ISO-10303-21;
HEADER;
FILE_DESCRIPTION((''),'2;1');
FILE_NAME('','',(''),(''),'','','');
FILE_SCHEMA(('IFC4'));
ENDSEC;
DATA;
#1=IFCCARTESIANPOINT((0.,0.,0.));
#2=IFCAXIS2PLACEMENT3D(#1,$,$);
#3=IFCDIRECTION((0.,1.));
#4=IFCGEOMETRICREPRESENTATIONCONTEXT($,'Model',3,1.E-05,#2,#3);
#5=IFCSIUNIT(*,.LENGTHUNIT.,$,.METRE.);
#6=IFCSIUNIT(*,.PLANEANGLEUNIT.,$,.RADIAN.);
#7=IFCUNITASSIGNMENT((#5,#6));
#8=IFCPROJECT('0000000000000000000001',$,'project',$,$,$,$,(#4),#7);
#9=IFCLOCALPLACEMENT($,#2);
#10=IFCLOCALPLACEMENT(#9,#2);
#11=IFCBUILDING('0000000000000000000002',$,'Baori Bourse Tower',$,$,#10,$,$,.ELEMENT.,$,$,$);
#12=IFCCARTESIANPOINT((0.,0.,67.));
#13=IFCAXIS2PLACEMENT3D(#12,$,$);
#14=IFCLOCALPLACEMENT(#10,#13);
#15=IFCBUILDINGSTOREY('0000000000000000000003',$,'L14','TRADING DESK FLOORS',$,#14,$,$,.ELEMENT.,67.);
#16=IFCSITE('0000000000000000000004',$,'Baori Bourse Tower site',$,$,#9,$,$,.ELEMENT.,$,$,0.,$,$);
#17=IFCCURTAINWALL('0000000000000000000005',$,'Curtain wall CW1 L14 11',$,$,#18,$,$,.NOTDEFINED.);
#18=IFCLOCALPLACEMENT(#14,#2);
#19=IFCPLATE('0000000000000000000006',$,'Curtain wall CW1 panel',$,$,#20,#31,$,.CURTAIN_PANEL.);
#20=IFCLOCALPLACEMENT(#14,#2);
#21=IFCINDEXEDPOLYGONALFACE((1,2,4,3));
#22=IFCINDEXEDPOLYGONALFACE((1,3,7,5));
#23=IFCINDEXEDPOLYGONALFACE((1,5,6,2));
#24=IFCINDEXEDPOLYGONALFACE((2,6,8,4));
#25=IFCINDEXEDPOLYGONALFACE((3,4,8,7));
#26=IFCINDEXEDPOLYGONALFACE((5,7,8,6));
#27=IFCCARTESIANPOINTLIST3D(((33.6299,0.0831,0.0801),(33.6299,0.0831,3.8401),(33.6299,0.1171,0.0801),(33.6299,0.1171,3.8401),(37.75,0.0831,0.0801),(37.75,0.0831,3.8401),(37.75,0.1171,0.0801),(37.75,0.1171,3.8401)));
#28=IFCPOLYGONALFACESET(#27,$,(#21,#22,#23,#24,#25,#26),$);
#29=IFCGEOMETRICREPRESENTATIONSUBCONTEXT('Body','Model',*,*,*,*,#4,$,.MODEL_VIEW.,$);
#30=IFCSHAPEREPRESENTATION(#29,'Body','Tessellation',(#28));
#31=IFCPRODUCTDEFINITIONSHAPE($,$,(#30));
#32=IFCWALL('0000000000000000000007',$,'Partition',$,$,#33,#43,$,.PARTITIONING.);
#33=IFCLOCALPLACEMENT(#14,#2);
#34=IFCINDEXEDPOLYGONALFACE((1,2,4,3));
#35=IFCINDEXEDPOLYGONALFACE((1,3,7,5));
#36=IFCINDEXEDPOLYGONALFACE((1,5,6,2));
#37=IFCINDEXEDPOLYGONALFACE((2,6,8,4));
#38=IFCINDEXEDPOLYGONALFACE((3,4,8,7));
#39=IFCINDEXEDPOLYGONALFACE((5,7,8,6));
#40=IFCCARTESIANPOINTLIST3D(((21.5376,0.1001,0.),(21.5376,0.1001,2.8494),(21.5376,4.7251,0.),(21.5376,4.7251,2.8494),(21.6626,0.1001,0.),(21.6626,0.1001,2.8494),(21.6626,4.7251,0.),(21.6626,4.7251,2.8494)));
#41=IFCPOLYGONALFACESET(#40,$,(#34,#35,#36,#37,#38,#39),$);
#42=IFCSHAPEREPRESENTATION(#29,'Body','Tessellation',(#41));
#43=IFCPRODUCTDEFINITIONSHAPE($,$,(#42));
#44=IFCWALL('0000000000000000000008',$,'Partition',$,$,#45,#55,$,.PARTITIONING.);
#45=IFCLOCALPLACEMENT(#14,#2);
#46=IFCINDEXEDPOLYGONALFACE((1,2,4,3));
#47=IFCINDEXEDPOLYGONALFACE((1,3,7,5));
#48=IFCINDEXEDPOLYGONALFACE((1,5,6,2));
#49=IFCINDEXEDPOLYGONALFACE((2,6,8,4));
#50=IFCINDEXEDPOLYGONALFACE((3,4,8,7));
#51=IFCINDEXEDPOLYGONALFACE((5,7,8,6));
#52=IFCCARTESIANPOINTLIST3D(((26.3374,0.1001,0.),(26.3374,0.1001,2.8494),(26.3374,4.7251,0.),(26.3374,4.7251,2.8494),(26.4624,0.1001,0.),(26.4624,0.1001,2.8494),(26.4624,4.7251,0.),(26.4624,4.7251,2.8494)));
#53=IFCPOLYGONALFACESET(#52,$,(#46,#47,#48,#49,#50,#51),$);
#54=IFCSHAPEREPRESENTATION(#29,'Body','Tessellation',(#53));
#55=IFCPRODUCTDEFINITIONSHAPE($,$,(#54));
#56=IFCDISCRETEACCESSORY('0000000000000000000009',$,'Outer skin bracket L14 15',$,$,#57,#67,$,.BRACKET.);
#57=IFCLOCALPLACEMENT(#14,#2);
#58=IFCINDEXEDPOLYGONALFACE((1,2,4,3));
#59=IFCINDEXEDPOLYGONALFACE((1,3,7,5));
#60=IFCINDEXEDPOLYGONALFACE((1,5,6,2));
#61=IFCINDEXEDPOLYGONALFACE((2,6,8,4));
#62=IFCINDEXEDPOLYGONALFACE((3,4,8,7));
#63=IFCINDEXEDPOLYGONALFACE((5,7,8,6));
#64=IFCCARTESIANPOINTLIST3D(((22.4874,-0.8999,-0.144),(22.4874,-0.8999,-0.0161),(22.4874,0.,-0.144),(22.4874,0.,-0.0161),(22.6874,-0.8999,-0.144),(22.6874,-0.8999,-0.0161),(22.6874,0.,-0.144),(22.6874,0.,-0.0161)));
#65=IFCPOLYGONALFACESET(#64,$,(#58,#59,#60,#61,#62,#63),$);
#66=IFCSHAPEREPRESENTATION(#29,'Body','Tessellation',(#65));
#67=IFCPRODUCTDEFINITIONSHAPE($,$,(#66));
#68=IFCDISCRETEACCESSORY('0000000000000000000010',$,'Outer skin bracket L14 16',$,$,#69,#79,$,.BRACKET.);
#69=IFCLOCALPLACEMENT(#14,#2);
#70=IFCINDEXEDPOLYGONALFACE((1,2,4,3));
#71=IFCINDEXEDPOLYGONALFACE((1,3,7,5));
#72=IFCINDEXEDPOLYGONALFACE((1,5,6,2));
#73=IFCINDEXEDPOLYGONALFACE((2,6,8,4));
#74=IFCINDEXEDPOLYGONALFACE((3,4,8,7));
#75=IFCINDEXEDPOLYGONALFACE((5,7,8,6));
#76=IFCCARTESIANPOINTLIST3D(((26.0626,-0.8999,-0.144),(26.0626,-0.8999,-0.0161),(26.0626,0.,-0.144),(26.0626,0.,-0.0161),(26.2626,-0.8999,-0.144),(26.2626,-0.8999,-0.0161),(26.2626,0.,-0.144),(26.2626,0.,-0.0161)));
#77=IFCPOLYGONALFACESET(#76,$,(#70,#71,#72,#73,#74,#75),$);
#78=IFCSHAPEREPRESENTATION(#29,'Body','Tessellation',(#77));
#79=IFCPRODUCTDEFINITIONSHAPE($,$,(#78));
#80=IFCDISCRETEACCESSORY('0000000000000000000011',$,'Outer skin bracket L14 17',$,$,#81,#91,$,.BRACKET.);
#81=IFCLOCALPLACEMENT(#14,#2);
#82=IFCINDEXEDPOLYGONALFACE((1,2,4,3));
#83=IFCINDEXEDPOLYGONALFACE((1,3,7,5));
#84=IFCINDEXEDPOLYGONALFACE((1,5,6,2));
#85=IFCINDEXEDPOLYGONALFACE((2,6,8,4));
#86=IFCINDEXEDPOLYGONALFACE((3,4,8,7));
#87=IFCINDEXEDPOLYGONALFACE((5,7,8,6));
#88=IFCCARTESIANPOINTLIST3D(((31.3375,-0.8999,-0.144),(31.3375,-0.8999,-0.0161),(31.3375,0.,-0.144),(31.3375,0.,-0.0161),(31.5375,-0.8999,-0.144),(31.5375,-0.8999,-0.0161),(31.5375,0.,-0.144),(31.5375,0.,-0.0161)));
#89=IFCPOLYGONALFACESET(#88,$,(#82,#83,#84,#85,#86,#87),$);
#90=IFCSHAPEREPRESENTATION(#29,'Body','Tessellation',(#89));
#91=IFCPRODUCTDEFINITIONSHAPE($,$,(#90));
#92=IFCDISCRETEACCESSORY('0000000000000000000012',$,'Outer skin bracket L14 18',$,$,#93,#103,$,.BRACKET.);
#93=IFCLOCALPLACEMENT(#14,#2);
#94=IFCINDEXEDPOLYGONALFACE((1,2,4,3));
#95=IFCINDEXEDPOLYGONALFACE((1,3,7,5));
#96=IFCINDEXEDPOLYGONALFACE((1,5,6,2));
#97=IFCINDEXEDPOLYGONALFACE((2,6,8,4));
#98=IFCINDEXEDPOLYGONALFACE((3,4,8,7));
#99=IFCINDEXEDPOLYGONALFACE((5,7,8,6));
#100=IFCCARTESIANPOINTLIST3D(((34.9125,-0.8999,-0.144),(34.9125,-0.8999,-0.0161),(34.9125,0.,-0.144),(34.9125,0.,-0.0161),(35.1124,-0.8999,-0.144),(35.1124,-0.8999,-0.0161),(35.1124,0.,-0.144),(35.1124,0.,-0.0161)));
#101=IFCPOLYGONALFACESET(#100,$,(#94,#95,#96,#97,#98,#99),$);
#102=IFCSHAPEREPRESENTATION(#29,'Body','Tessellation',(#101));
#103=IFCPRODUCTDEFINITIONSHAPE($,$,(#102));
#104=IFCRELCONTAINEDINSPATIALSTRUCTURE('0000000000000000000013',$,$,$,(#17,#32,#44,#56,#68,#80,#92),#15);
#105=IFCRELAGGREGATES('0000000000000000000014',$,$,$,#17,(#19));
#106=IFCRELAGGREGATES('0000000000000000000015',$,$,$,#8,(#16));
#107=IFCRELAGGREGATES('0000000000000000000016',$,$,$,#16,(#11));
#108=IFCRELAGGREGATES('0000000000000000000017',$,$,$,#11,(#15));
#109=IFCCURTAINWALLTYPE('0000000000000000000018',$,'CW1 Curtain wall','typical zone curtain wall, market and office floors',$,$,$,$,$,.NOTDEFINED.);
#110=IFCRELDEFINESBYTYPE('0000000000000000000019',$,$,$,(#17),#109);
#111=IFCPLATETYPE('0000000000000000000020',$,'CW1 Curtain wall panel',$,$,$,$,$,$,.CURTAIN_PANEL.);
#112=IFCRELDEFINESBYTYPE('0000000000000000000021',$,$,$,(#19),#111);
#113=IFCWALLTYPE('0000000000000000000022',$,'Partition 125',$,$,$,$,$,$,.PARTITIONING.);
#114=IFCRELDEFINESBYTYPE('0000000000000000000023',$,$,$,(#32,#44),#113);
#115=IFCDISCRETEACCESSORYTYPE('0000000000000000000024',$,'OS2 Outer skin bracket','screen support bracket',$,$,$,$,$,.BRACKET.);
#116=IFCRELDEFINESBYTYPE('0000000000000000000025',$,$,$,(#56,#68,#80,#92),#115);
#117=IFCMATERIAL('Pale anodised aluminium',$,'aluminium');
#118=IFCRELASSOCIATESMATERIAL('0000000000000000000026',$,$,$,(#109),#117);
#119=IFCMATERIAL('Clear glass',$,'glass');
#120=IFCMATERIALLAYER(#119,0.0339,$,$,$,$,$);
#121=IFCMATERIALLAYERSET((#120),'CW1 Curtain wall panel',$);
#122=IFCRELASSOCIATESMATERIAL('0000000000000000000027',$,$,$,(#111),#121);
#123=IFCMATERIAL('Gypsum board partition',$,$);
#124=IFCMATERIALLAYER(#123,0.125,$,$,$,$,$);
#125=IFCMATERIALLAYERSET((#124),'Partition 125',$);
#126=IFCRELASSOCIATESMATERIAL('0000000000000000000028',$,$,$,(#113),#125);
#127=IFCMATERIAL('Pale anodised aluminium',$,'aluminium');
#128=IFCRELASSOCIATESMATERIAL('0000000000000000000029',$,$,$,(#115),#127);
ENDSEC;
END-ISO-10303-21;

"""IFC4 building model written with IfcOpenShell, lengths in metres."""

from ifc_helpers import new_model, si_unit, direction, frame, frame_2d, origin, origin_2d, place, context, subcontext, project, spatial, rectangle, extrude, material, layer, layer_set, type_object, element, aggregate, save


model = new_model("IFC4")

# Units and contexts
model_context = context("Model", 3, precision=1e-05, world=origin(), true_north=direction((0.0, 1.0)))
body_context = subcontext(model_context, "Body", "Model", "MODEL_VIEW")
ifc_project = project(units=[si_unit("LENGTHUNIT", "METRE"), si_unit("PLANEANGLEUNIT", "RADIAN")], contexts=[model_context])

# Site, building, storey
site_placement = place(None, origin())
site = spatial("IfcSite", under=ifc_project, at=site_placement, Name="Baori Bourse Tower site", CompositionType="ELEMENT", RefElevation=0.0)
building_placement = place(site_placement, origin())
building = spatial("IfcBuilding", under=site, at=building_placement, Name="Baori Bourse Tower", CompositionType="ELEMENT")
storey_placement = place(building_placement, frame((0.0, 0.0, 67.0)))
storey = spatial("IfcBuildingStorey", under=building, at=storey_placement, Name="L14", Description="TRADING DESK FLOORS", CompositionType="ELEMENT", Elevation=67.0)

# Curtain wall
ifc_material_1 = material(Name="Pale anodised aluminium", Category="aluminium")
curtain_wall_type = type_object("IfcCurtainWallType", Name="CW1 Curtain wall", Description="typical zone curtain wall, market and office floors", PredefinedType="NOTDEFINED", material=ifc_material_1)
curtain_wall_placement = place(storey_placement, origin())
curtain_wall = element("IfcCurtainWall", 1, at=curtain_wall_placement, inside=storey, type_object=curtain_wall_type, Name="Curtain wall CW1 L14 11", PredefinedType="NOTDEFINED")

# Plate
ifc_material_2 = material(Name="Clear glass", Category="glass")
ifc_layer_1 = layer(ifc_material_2, 0.0339)
ifc_layer_set_1 = layer_set([ifc_layer_1], Name="CW1 Curtain wall panel")
plate_type = type_object("IfcPlateType", Name="CW1 Curtain wall panel", PredefinedType="CURTAIN_PANEL", material=ifc_layer_set_1)
plate_1_placement = place(storey_placement, frame((35.6899, 0.1001, 0.0801), z_axis=(0.0, 0.0, 1.0), x_axis=(1.0, 0.0, 0.0)))
plate_1 = element("IfcPlate", 2, at=plate_1_placement, type_object=plate_type, Name="Curtain wall CW1 panel", PredefinedType="CURTAIN_PANEL", context=body_context, shape_type="SweptSolid", body=[
    extrude(rectangle(XDim=4.1201, YDim=0.0339, at=origin_2d()), origin(), (0.0, 0.0, 1.0), 3.76),
])
aggregate(curtain_wall, [plate_1])

# Walls
ifc_material_3 = material(Name="Gypsum board partition")
ifc_layer_2 = layer(ifc_material_3, 0.125)
ifc_layer_set_2 = layer_set([ifc_layer_2], Name="Partition 125")
wall_type = type_object("IfcWallType", Name="Partition 125", PredefinedType="PARTITIONING", material=ifc_layer_set_2)
for number, where, z_axis, x_axis, name in (
    (3, (21.6001, 0.1001, 0.0), (0.0, 0.0, 1.0), (0.0, 1.0, 0.0), "Partition"),
    (4, (26.3999, 0.1001, 0.0), (0.0, 0.0, 1.0), (0.0, 1.0, 0.0), "Partition"),
):
    element("IfcWall", number, at=place(storey_placement, frame(where, z_axis=z_axis, x_axis=x_axis)), inside=storey, type_object=wall_type, Name=name, PredefinedType="PARTITIONING", context=body_context, shape_type="SweptSolid", body=[
        extrude(rectangle(XDim=4.625, YDim=0.125, at=frame_2d((2.3125, 0.0))), origin(), (0.0, 0.0, 1.0), 2.8494),
    ])

# Discrete accessories
ifc_material_4 = material(Name="Pale anodised aluminium", Category="aluminium")
discrete_accessory_type = type_object("IfcDiscreteAccessoryType", Name="OS2 Outer skin bracket", Description="screen support bracket", PredefinedType="BRACKET", material=ifc_material_4)
for number, where, z_axis, x_axis, name in (
    (5, (22.5874, -0.45, -0.144), (0.0, 0.0, 1.0), (1.0, 0.0, 0.0), "Outer skin bracket L14 15"),
    (6, (26.1626, -0.45, -0.144), (0.0, 0.0, 1.0), (1.0, 0.0, 0.0), "Outer skin bracket L14 16"),
    (7, (31.4375, -0.45, -0.144), (0.0, 0.0, 1.0), (1.0, 0.0, 0.0), "Outer skin bracket L14 17"),
    (8, (35.0125, -0.45, -0.144), (0.0, 0.0, 1.0), (1.0, 0.0, 0.0), "Outer skin bracket L14 18"),
):
    element("IfcDiscreteAccessory", number, at=place(storey_placement, frame(where, z_axis=z_axis, x_axis=x_axis)), inside=storey, type_object=discrete_accessory_type, Name=name, PredefinedType="BRACKET", context=body_context, shape_type="SweptSolid", body=[
        extrude(rectangle(XDim=0.2, YDim=0.8999, at=origin_2d()), origin(), (0.0, 0.0, 1.0), 0.1279),
    ])

save(model, "model.ifc")
